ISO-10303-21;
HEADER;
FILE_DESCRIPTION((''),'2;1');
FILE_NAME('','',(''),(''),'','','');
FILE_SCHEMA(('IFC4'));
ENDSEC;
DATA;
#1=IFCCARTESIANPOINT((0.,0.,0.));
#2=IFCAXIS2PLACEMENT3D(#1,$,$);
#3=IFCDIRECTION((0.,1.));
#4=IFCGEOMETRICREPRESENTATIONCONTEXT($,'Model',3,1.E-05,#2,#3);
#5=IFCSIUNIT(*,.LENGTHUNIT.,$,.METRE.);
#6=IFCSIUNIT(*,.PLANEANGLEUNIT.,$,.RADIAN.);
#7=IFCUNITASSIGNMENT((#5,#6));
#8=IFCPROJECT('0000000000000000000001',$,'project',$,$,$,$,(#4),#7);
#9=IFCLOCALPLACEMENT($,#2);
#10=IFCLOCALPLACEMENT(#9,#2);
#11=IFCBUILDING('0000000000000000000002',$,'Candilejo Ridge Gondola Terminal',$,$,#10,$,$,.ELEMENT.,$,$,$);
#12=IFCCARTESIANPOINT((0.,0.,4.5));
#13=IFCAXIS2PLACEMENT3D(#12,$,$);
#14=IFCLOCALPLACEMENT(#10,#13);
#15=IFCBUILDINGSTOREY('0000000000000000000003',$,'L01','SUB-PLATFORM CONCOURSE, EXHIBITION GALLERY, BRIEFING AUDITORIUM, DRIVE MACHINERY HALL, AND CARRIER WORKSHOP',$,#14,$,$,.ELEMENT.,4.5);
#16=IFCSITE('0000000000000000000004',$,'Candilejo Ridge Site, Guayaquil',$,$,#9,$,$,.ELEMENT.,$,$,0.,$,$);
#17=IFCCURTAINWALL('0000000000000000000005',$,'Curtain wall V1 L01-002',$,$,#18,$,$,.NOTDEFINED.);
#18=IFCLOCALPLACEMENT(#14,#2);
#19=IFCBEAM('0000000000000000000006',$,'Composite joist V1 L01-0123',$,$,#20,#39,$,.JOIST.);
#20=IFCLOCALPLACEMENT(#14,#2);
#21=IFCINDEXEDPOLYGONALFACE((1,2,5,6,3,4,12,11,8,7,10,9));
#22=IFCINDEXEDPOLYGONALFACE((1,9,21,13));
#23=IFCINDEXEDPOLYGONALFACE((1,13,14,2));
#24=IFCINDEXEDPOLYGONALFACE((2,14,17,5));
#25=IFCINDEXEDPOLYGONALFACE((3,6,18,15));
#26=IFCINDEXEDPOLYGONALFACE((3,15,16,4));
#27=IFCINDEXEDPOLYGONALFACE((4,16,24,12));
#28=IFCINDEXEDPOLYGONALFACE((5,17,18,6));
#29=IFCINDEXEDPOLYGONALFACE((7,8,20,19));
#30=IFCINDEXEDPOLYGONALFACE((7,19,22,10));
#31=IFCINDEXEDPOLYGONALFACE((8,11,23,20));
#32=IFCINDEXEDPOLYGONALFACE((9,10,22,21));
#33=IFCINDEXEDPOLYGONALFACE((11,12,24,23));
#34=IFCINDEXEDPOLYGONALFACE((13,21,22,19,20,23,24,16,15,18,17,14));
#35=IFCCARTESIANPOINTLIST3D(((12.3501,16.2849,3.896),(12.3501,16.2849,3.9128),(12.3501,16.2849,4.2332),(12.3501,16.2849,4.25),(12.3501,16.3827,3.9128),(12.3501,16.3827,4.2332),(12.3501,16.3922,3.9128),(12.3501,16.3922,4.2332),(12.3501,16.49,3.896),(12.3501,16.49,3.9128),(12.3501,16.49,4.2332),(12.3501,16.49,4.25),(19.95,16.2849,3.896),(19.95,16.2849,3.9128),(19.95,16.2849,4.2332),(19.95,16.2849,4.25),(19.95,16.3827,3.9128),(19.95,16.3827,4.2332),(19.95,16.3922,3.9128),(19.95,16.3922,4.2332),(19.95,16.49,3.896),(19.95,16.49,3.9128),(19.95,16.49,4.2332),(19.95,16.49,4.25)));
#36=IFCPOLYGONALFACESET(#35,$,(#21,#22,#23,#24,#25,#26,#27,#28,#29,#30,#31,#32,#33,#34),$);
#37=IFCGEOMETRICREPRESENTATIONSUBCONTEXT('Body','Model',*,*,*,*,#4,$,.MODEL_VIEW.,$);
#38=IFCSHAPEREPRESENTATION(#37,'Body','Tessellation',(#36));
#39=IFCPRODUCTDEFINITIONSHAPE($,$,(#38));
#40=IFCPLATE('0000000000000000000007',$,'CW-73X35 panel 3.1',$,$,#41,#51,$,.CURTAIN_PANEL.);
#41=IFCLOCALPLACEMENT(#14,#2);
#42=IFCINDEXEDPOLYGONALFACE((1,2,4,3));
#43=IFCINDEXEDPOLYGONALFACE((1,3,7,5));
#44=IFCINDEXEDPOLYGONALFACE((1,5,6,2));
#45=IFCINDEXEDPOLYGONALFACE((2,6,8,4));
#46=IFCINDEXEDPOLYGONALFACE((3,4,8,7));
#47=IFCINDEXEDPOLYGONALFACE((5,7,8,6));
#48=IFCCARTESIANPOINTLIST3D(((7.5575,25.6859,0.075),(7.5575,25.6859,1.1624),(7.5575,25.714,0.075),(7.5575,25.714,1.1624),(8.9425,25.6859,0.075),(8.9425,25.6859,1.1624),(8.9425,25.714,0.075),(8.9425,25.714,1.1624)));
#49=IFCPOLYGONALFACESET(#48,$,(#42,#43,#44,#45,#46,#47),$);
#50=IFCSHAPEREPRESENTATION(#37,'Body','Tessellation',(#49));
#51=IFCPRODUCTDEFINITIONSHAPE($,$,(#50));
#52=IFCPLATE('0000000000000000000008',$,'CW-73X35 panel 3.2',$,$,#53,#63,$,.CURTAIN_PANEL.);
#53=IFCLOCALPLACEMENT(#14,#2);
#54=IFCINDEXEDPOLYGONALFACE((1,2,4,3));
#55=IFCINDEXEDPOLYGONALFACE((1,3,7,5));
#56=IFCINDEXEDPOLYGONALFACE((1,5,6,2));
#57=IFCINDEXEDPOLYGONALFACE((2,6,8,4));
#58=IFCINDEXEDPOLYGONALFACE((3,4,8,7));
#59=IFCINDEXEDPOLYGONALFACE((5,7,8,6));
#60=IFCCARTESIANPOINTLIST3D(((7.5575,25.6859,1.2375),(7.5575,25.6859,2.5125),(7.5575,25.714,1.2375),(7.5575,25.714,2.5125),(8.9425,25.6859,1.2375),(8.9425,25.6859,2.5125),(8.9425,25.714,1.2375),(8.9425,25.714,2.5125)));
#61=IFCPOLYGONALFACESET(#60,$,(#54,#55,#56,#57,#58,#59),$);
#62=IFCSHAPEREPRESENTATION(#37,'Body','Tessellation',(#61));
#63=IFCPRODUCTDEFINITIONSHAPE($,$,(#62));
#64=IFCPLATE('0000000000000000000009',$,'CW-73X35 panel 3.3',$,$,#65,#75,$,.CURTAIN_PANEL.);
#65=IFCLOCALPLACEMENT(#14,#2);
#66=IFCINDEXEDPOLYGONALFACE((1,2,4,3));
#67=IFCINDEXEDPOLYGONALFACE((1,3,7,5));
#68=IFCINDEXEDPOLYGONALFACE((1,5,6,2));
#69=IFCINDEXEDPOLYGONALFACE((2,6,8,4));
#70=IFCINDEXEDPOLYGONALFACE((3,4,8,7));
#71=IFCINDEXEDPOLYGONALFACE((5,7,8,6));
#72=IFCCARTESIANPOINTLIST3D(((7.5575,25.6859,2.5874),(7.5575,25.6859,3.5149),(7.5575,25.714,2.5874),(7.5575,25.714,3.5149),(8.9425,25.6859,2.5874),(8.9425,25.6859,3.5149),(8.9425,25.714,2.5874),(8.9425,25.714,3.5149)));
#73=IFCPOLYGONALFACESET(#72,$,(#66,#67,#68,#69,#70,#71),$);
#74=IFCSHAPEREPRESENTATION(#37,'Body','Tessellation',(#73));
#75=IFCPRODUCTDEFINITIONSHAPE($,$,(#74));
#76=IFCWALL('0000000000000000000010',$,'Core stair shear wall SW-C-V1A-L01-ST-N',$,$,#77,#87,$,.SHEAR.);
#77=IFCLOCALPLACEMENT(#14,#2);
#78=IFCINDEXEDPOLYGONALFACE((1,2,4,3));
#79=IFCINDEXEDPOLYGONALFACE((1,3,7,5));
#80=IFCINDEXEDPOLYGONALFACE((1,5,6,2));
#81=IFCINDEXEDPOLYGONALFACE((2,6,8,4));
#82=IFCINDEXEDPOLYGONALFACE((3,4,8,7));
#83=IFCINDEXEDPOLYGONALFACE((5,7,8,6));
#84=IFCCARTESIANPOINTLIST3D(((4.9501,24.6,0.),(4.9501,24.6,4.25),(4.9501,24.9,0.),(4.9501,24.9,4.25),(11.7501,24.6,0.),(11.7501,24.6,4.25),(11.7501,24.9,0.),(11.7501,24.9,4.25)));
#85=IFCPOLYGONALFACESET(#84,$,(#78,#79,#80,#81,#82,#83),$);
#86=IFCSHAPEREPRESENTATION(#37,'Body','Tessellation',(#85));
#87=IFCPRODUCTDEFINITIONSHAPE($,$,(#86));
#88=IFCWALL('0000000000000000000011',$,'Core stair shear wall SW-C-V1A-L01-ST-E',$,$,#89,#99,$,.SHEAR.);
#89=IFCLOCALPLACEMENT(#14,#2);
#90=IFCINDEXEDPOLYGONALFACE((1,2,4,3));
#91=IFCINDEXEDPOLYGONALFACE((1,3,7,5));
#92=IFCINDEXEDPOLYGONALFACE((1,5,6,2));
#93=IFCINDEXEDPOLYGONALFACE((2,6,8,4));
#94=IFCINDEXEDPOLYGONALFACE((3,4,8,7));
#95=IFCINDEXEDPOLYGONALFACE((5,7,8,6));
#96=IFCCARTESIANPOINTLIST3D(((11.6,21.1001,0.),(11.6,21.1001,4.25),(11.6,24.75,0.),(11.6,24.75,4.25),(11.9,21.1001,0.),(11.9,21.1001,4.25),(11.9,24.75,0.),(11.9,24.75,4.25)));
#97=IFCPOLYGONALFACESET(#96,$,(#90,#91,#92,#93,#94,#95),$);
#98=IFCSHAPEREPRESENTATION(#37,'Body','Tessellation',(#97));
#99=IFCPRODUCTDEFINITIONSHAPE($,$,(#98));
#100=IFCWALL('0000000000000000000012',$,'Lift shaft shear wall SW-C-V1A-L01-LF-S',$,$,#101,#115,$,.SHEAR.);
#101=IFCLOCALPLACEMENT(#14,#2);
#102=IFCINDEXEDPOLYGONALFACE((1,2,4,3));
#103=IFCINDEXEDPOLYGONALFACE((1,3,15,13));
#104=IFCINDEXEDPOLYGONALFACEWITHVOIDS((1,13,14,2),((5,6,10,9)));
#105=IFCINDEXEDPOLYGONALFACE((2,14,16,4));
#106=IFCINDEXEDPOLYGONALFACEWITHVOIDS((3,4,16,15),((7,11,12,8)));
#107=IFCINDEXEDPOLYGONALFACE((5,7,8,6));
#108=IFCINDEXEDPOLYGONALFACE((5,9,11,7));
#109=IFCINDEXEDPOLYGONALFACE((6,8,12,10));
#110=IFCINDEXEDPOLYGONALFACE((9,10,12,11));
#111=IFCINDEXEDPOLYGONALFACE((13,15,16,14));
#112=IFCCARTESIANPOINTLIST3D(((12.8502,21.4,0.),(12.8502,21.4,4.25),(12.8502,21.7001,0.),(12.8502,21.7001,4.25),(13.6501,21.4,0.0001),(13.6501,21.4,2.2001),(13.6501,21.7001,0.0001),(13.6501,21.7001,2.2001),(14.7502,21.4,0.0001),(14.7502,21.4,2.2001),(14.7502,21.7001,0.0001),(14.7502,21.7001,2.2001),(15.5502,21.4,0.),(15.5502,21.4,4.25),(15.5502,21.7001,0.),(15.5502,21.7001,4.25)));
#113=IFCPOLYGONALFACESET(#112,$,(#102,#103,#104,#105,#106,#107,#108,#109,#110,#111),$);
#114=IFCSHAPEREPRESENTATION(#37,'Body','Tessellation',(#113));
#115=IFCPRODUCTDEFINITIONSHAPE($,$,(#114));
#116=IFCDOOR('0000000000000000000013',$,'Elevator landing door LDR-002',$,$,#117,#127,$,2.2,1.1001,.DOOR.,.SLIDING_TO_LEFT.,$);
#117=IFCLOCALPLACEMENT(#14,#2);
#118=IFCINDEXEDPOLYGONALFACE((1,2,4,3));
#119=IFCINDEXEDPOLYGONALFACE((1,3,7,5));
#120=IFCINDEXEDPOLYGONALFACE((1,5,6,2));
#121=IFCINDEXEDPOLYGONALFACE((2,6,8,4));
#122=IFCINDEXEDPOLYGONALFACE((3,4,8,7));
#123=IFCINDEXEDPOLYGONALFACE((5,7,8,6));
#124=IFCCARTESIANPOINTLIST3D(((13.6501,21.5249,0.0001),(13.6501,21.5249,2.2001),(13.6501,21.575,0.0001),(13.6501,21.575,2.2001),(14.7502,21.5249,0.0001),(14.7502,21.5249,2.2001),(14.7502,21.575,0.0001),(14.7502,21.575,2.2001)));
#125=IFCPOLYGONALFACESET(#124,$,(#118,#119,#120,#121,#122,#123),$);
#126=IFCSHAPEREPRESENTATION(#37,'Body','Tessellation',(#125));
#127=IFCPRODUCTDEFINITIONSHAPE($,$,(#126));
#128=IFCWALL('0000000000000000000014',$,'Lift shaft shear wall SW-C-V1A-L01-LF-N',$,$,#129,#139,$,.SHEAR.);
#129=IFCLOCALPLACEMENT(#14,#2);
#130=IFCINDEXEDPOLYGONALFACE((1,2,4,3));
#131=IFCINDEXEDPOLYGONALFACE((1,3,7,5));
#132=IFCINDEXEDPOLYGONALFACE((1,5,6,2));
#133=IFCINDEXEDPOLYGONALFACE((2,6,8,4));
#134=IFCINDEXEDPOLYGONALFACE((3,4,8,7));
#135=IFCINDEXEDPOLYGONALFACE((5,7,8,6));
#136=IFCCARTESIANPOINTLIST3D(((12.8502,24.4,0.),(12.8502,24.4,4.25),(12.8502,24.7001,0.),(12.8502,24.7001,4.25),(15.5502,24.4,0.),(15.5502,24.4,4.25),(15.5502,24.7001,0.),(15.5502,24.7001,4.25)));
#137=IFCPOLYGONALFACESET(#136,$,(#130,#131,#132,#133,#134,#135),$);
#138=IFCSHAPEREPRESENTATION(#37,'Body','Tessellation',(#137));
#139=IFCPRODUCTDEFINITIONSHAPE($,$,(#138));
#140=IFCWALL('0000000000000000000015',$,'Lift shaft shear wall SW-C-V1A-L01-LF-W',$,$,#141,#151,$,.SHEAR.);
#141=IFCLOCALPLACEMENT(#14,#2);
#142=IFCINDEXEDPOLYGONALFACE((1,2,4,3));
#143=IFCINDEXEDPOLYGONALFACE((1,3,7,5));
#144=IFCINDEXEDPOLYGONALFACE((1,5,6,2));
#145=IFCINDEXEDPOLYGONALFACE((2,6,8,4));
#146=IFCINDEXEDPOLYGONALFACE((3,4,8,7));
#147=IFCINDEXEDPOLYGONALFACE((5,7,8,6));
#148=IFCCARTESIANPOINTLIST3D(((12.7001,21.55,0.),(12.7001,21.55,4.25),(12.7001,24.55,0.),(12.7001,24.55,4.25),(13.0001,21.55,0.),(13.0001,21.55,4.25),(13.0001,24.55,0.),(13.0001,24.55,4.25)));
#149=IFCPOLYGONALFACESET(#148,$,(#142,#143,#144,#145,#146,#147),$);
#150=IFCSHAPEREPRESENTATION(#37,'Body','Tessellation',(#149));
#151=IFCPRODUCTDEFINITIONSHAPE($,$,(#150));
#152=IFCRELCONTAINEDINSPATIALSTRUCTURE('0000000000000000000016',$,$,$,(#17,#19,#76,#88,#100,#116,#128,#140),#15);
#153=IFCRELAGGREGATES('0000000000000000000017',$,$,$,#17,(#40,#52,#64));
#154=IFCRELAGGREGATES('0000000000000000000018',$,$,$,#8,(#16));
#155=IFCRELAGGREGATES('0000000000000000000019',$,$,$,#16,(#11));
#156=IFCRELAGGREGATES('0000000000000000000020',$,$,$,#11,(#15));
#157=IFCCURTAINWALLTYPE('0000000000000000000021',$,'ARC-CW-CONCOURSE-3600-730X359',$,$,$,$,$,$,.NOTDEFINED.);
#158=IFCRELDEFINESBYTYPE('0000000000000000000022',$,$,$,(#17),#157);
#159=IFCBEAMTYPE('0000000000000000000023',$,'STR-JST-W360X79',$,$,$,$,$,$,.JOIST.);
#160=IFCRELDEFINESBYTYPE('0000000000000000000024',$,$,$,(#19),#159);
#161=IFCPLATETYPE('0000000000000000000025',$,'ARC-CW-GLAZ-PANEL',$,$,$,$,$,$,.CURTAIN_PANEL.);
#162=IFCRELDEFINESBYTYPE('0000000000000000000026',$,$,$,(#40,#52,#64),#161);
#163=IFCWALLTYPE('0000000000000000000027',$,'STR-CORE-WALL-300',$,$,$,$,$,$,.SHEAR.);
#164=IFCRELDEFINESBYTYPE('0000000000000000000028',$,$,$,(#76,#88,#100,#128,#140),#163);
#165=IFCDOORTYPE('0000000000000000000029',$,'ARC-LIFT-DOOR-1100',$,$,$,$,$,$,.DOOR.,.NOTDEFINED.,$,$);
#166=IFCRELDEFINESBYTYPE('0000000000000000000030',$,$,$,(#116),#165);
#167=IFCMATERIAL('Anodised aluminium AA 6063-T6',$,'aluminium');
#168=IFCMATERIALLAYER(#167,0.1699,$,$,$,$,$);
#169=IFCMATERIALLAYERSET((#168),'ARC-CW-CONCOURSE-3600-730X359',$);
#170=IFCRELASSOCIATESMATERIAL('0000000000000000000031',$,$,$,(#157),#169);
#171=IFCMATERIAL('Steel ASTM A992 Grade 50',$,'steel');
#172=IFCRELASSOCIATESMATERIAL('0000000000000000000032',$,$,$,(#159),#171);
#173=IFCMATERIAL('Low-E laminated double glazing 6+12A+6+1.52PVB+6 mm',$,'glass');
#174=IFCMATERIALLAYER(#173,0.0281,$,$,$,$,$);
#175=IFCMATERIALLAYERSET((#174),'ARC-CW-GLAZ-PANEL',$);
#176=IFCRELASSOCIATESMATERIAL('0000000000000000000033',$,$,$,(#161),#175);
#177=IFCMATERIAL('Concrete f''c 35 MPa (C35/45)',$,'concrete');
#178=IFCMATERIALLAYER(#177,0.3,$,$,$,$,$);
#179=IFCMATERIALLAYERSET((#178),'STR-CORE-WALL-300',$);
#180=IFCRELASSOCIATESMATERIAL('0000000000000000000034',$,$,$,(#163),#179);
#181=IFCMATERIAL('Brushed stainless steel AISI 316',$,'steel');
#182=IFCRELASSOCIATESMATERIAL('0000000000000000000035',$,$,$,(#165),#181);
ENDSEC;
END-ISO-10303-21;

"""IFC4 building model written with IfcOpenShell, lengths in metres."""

from ifc_helpers import new_model, si_unit, direction, frame, frame_2d, origin, origin_2d, place, context, subcontext, project, spatial, rectangle, i_section, extrude, material, layer, layer_set, material_profile, profile_set, type_object, element, fill, aggregate, save


model = new_model("IFC4")

# Units and contexts
model_context = context("Model", 3, precision=1e-05, world=origin(), true_north=direction((0.0, 1.0)))
body_context = subcontext(model_context, "Body", "Model", "MODEL_VIEW")
ifc_project = project(units=[si_unit("LENGTHUNIT", "METRE"), si_unit("PLANEANGLEUNIT", "RADIAN")], contexts=[model_context])

# Site, building, storey
site_placement = place(None, origin())
site = spatial("IfcSite", under=ifc_project, at=site_placement, Name="Candilejo Ridge Site, Guayaquil", CompositionType="ELEMENT", RefElevation=0.0)
building_placement = place(site_placement, origin())
building = spatial("IfcBuilding", under=site, at=building_placement, Name="Candilejo Ridge Gondola Terminal", CompositionType="ELEMENT")
storey_placement = place(building_placement, frame((0.0, 0.0, 4.5)))
storey = spatial("IfcBuildingStorey", under=building, at=storey_placement, Name="L01", Description="SUB-PLATFORM CONCOURSE, EXHIBITION GALLERY, BRIEFING AUDITORIUM, DRIVE MACHINERY HALL, AND CARRIER WORKSHOP", CompositionType="ELEMENT", Elevation=4.5)

# Curtain wall
ifc_material_1 = material(Name="Anodised aluminium AA 6063-T6", Category="aluminium")
ifc_layer_1 = layer(ifc_material_1, 0.1699)
ifc_layer_set_1 = layer_set([ifc_layer_1], Name="ARC-CW-CONCOURSE-3600-730X359")
curtain_wall_type = type_object("IfcCurtainWallType", Name="ARC-CW-CONCOURSE-3600-730X359", PredefinedType="NOTDEFINED", material=ifc_layer_set_1)
curtain_wall_placement = place(storey_placement, origin())
curtain_wall = element("IfcCurtainWall", 1, at=curtain_wall_placement, inside=storey, type_object=curtain_wall_type, Name="Curtain wall V1 L01-002", PredefinedType="NOTDEFINED")

# Beam
ifc_material_2 = material(Name="Steel ASTM A992 Grade 50", Category="steel")
ifc_material_profile_1 = material_profile(ifc_material_2, i_section(OverallWidth=0.2051, OverallDepth=0.354, WebThickness=0.0095, FlangeThickness=0.0168, at=origin_2d()))
ifc_profile_set_1 = profile_set([ifc_material_profile_1], Name="Steel ASTM A992 Grade 50")
beam_type_1 = type_object("IfcBeamType", Name="STR-JST-W360X79", PredefinedType="JOIST", material=ifc_profile_set_1)
for number, where, z_axis, x_axis, name in (
    (2, (12.3501, 16.3875, 4.073), (1.0, 0.0, 0.0), (0.0, 1.0, 0.0), "Composite joist V1 L01-0123"),
):
    element("IfcBeam", number, at=place(storey_placement, frame(where, z_axis=z_axis, x_axis=x_axis)), inside=storey, type_object=beam_type_1, Name=name, PredefinedType="JOIST", context=body_context, shape_type="SweptSolid", body=[
        extrude(i_section(OverallWidth=0.2051, OverallDepth=0.354, WebThickness=0.0095, FlangeThickness=0.0168, at=origin_2d()), origin(), (0.0, 0.0, 1.0), 7.5999),
    ])

# Plates
ifc_material_3 = material(Name="Low-E laminated double glazing 6+12A+6+1.52PVB+6 mm", Category="glass")
ifc_layer_2 = layer(ifc_material_3, 0.0281)
ifc_layer_set_2 = layer_set([ifc_layer_2], Name="ARC-CW-GLAZ-PANEL")
plate_type = type_object("IfcPlateType", Name="ARC-CW-GLAZ-PANEL", PredefinedType="CURTAIN_PANEL", material=ifc_layer_set_2)
plate_1_placement = place(storey_placement, frame((8.25, 25.7, 0.075), z_axis=(0.0, 0.0, 1.0), x_axis=(1.0, 0.0, 0.0)))
plate_1 = element("IfcPlate", 3, at=plate_1_placement, type_object=plate_type, Name="CW-73X35 panel 3.1", PredefinedType="CURTAIN_PANEL", context=body_context, shape_type="SweptSolid", body=[
    extrude(rectangle(XDim=1.385, YDim=0.0281, at=origin_2d()), origin(), (0.0, 0.0, 1.0), 1.0874),
])
plate_2_placement = place(storey_placement, frame((8.25, 25.7, 1.2375), z_axis=(0.0, 0.0, 1.0), x_axis=(1.0, 0.0, 0.0)))
plate_2 = element("IfcPlate", 4, at=plate_2_placement, type_object=plate_type, Name="CW-73X35 panel 3.2", PredefinedType="CURTAIN_PANEL", context=body_context, shape_type="SweptSolid", body=[
    extrude(rectangle(XDim=1.385, YDim=0.0281, at=origin_2d()), origin(), (0.0, 0.0, 1.0), 1.2749),
])
plate_3_placement = place(storey_placement, frame((8.25, 25.7, 2.5874), z_axis=(0.0, 0.0, 1.0), x_axis=(1.0, 0.0, 0.0)))
plate_3 = element("IfcPlate", 5, at=plate_3_placement, type_object=plate_type, Name="CW-73X35 panel 3.3", PredefinedType="CURTAIN_PANEL", context=body_context, shape_type="SweptSolid", body=[
    extrude(rectangle(XDim=1.385, YDim=0.0281, at=origin_2d()), origin(), (0.0, 0.0, 1.0), 0.9275),
])
aggregate(curtain_wall, [plate_1, plate_2, plate_3])

# Walls
ifc_material_4 = material(Name="Concrete f'c 35 MPa (C35/45)", Category="concrete")
ifc_layer_3 = layer(ifc_material_4, 0.3)
ifc_layer_set_3 = layer_set([ifc_layer_3], Name="STR-CORE-WALL-300")
wall_type = type_object("IfcWallType", Name="STR-CORE-WALL-300", PredefinedType="SHEAR", material=ifc_layer_set_3)
wall_1_placement = place(storey_placement, frame((11.75, 24.75, 0.0), z_axis=(0.0, 0.0, 1.0), x_axis=(-1.0, 0.0, 0.0)))
element("IfcWall", 6, at=wall_1_placement, inside=storey, type_object=wall_type, Name="Core stair shear wall SW-C-V1A-L01-ST-N", PredefinedType="SHEAR", context=body_context, shape_type="SweptSolid", body=[
    extrude(rectangle(XDim=6.8, YDim=0.3, at=frame_2d((3.3999, 0.0))), origin(), (0.0, 0.0, 1.0), 4.25),
])
wall_2_placement = place(storey_placement, frame((11.75, 21.1001, 0.0), z_axis=(0.0, 0.0, 1.0), x_axis=(0.0, 1.0, 0.0)))
element("IfcWall", 7, at=wall_2_placement, inside=storey, type_object=wall_type, Name="Core stair shear wall SW-C-V1A-L01-ST-E", PredefinedType="SHEAR", context=body_context, shape_type="SweptSolid", body=[
    extrude(rectangle(XDim=3.6499, YDim=0.3, at=frame_2d((1.825, 0.0))), origin(), (0.0, 0.0, 1.0), 4.25),
])

# Wall, opening, door
wall_3_placement = place(storey_placement, frame((12.8501, 21.55, 0.0), z_axis=(0.0, 0.0, 1.0), x_axis=(1.0, 0.0, 0.0)))
wall_3 = element("IfcWall", 8, at=wall_3_placement, inside=storey, type_object=wall_type, Name="Lift shaft shear wall SW-C-V1A-L01-LF-S", PredefinedType="SHEAR", context=body_context, shape_type="SweptSolid", body=[
    extrude(rectangle(XDim=2.7, YDim=0.3, at=frame_2d((1.3501, 0.0))), origin(), (0.0, 0.0, 1.0), 4.25),
])
opening_placement = place(wall_3_placement, frame((0.8, 0.0, 0.0)))
opening = element("IfcOpeningElement", 9, at=opening_placement, cuts=wall_3, PredefinedType="OPENING", context=body_context, shape_type="SweptSolid", body=[
    extrude(rectangle(XDim=1.1001, YDim=2.2, at=frame_2d((0.55, 1.1001))), frame((0.0, 0.1599, 0.0), z_axis=(0.0, -1.0, 0.0), x_axis=(1.0, 0.0, 0.0)), (0.0, 0.0, 1.0), 0.3201),
])
ifc_material_5 = material(Name="Brushed stainless steel AISI 316", Category="steel")
door_type = type_object("IfcDoorType", Name="ARC-LIFT-DOOR-1100", OperationType="NOTDEFINED", PredefinedType="DOOR", material=ifc_material_5)
door_placement = place(opening_placement, origin())
door = element("IfcDoor", 10, at=door_placement, inside=storey, type_object=door_type, Name="Elevator landing door LDR-002", OperationType="SLIDING_TO_LEFT", OverallHeight=2.2, OverallWidth=1.1001, PredefinedType="DOOR", context=body_context, shape_type="SweptSolid", body=[
    extrude(rectangle(XDim=1.1001, YDim=2.2, at=frame_2d((0.55, 1.1001))), frame((0.0, 0.0249, 0.0), z_axis=(0.0, -1.0, 0.0), x_axis=(1.0, 0.0, 0.0)), (0.0, 0.0, 1.0), 0.05),
])
fill(opening, door)

# Walls
wall_4_placement = place(storey_placement, frame((12.8501, 24.55, 0.0), z_axis=(0.0, 0.0, 1.0), x_axis=(1.0, 0.0, 0.0)))
element("IfcWall", 11, at=wall_4_placement, inside=storey, type_object=wall_type, Name="Lift shaft shear wall SW-C-V1A-L01-LF-N", PredefinedType="SHEAR", context=body_context, shape_type="SweptSolid", body=[
    extrude(rectangle(XDim=2.7, YDim=0.3, at=frame_2d((1.3501, 0.0))), origin(), (0.0, 0.0, 1.0), 4.25),
])
wall_5_placement = place(storey_placement, frame((12.8501, 21.55, 0.0), z_axis=(0.0, 0.0, 1.0), x_axis=(0.0, 1.0, 0.0)))
element("IfcWall", 12, at=wall_5_placement, inside=storey, type_object=wall_type, Name="Lift shaft shear wall SW-C-V1A-L01-LF-W", PredefinedType="SHEAR", context=body_context, shape_type="SweptSolid", body=[
    extrude(rectangle(XDim=3.0, YDim=0.3, at=frame_2d((1.5, 0.0))), origin(), (0.0, 0.0, 1.0), 4.25),
])

save(model, "model.ifc")
